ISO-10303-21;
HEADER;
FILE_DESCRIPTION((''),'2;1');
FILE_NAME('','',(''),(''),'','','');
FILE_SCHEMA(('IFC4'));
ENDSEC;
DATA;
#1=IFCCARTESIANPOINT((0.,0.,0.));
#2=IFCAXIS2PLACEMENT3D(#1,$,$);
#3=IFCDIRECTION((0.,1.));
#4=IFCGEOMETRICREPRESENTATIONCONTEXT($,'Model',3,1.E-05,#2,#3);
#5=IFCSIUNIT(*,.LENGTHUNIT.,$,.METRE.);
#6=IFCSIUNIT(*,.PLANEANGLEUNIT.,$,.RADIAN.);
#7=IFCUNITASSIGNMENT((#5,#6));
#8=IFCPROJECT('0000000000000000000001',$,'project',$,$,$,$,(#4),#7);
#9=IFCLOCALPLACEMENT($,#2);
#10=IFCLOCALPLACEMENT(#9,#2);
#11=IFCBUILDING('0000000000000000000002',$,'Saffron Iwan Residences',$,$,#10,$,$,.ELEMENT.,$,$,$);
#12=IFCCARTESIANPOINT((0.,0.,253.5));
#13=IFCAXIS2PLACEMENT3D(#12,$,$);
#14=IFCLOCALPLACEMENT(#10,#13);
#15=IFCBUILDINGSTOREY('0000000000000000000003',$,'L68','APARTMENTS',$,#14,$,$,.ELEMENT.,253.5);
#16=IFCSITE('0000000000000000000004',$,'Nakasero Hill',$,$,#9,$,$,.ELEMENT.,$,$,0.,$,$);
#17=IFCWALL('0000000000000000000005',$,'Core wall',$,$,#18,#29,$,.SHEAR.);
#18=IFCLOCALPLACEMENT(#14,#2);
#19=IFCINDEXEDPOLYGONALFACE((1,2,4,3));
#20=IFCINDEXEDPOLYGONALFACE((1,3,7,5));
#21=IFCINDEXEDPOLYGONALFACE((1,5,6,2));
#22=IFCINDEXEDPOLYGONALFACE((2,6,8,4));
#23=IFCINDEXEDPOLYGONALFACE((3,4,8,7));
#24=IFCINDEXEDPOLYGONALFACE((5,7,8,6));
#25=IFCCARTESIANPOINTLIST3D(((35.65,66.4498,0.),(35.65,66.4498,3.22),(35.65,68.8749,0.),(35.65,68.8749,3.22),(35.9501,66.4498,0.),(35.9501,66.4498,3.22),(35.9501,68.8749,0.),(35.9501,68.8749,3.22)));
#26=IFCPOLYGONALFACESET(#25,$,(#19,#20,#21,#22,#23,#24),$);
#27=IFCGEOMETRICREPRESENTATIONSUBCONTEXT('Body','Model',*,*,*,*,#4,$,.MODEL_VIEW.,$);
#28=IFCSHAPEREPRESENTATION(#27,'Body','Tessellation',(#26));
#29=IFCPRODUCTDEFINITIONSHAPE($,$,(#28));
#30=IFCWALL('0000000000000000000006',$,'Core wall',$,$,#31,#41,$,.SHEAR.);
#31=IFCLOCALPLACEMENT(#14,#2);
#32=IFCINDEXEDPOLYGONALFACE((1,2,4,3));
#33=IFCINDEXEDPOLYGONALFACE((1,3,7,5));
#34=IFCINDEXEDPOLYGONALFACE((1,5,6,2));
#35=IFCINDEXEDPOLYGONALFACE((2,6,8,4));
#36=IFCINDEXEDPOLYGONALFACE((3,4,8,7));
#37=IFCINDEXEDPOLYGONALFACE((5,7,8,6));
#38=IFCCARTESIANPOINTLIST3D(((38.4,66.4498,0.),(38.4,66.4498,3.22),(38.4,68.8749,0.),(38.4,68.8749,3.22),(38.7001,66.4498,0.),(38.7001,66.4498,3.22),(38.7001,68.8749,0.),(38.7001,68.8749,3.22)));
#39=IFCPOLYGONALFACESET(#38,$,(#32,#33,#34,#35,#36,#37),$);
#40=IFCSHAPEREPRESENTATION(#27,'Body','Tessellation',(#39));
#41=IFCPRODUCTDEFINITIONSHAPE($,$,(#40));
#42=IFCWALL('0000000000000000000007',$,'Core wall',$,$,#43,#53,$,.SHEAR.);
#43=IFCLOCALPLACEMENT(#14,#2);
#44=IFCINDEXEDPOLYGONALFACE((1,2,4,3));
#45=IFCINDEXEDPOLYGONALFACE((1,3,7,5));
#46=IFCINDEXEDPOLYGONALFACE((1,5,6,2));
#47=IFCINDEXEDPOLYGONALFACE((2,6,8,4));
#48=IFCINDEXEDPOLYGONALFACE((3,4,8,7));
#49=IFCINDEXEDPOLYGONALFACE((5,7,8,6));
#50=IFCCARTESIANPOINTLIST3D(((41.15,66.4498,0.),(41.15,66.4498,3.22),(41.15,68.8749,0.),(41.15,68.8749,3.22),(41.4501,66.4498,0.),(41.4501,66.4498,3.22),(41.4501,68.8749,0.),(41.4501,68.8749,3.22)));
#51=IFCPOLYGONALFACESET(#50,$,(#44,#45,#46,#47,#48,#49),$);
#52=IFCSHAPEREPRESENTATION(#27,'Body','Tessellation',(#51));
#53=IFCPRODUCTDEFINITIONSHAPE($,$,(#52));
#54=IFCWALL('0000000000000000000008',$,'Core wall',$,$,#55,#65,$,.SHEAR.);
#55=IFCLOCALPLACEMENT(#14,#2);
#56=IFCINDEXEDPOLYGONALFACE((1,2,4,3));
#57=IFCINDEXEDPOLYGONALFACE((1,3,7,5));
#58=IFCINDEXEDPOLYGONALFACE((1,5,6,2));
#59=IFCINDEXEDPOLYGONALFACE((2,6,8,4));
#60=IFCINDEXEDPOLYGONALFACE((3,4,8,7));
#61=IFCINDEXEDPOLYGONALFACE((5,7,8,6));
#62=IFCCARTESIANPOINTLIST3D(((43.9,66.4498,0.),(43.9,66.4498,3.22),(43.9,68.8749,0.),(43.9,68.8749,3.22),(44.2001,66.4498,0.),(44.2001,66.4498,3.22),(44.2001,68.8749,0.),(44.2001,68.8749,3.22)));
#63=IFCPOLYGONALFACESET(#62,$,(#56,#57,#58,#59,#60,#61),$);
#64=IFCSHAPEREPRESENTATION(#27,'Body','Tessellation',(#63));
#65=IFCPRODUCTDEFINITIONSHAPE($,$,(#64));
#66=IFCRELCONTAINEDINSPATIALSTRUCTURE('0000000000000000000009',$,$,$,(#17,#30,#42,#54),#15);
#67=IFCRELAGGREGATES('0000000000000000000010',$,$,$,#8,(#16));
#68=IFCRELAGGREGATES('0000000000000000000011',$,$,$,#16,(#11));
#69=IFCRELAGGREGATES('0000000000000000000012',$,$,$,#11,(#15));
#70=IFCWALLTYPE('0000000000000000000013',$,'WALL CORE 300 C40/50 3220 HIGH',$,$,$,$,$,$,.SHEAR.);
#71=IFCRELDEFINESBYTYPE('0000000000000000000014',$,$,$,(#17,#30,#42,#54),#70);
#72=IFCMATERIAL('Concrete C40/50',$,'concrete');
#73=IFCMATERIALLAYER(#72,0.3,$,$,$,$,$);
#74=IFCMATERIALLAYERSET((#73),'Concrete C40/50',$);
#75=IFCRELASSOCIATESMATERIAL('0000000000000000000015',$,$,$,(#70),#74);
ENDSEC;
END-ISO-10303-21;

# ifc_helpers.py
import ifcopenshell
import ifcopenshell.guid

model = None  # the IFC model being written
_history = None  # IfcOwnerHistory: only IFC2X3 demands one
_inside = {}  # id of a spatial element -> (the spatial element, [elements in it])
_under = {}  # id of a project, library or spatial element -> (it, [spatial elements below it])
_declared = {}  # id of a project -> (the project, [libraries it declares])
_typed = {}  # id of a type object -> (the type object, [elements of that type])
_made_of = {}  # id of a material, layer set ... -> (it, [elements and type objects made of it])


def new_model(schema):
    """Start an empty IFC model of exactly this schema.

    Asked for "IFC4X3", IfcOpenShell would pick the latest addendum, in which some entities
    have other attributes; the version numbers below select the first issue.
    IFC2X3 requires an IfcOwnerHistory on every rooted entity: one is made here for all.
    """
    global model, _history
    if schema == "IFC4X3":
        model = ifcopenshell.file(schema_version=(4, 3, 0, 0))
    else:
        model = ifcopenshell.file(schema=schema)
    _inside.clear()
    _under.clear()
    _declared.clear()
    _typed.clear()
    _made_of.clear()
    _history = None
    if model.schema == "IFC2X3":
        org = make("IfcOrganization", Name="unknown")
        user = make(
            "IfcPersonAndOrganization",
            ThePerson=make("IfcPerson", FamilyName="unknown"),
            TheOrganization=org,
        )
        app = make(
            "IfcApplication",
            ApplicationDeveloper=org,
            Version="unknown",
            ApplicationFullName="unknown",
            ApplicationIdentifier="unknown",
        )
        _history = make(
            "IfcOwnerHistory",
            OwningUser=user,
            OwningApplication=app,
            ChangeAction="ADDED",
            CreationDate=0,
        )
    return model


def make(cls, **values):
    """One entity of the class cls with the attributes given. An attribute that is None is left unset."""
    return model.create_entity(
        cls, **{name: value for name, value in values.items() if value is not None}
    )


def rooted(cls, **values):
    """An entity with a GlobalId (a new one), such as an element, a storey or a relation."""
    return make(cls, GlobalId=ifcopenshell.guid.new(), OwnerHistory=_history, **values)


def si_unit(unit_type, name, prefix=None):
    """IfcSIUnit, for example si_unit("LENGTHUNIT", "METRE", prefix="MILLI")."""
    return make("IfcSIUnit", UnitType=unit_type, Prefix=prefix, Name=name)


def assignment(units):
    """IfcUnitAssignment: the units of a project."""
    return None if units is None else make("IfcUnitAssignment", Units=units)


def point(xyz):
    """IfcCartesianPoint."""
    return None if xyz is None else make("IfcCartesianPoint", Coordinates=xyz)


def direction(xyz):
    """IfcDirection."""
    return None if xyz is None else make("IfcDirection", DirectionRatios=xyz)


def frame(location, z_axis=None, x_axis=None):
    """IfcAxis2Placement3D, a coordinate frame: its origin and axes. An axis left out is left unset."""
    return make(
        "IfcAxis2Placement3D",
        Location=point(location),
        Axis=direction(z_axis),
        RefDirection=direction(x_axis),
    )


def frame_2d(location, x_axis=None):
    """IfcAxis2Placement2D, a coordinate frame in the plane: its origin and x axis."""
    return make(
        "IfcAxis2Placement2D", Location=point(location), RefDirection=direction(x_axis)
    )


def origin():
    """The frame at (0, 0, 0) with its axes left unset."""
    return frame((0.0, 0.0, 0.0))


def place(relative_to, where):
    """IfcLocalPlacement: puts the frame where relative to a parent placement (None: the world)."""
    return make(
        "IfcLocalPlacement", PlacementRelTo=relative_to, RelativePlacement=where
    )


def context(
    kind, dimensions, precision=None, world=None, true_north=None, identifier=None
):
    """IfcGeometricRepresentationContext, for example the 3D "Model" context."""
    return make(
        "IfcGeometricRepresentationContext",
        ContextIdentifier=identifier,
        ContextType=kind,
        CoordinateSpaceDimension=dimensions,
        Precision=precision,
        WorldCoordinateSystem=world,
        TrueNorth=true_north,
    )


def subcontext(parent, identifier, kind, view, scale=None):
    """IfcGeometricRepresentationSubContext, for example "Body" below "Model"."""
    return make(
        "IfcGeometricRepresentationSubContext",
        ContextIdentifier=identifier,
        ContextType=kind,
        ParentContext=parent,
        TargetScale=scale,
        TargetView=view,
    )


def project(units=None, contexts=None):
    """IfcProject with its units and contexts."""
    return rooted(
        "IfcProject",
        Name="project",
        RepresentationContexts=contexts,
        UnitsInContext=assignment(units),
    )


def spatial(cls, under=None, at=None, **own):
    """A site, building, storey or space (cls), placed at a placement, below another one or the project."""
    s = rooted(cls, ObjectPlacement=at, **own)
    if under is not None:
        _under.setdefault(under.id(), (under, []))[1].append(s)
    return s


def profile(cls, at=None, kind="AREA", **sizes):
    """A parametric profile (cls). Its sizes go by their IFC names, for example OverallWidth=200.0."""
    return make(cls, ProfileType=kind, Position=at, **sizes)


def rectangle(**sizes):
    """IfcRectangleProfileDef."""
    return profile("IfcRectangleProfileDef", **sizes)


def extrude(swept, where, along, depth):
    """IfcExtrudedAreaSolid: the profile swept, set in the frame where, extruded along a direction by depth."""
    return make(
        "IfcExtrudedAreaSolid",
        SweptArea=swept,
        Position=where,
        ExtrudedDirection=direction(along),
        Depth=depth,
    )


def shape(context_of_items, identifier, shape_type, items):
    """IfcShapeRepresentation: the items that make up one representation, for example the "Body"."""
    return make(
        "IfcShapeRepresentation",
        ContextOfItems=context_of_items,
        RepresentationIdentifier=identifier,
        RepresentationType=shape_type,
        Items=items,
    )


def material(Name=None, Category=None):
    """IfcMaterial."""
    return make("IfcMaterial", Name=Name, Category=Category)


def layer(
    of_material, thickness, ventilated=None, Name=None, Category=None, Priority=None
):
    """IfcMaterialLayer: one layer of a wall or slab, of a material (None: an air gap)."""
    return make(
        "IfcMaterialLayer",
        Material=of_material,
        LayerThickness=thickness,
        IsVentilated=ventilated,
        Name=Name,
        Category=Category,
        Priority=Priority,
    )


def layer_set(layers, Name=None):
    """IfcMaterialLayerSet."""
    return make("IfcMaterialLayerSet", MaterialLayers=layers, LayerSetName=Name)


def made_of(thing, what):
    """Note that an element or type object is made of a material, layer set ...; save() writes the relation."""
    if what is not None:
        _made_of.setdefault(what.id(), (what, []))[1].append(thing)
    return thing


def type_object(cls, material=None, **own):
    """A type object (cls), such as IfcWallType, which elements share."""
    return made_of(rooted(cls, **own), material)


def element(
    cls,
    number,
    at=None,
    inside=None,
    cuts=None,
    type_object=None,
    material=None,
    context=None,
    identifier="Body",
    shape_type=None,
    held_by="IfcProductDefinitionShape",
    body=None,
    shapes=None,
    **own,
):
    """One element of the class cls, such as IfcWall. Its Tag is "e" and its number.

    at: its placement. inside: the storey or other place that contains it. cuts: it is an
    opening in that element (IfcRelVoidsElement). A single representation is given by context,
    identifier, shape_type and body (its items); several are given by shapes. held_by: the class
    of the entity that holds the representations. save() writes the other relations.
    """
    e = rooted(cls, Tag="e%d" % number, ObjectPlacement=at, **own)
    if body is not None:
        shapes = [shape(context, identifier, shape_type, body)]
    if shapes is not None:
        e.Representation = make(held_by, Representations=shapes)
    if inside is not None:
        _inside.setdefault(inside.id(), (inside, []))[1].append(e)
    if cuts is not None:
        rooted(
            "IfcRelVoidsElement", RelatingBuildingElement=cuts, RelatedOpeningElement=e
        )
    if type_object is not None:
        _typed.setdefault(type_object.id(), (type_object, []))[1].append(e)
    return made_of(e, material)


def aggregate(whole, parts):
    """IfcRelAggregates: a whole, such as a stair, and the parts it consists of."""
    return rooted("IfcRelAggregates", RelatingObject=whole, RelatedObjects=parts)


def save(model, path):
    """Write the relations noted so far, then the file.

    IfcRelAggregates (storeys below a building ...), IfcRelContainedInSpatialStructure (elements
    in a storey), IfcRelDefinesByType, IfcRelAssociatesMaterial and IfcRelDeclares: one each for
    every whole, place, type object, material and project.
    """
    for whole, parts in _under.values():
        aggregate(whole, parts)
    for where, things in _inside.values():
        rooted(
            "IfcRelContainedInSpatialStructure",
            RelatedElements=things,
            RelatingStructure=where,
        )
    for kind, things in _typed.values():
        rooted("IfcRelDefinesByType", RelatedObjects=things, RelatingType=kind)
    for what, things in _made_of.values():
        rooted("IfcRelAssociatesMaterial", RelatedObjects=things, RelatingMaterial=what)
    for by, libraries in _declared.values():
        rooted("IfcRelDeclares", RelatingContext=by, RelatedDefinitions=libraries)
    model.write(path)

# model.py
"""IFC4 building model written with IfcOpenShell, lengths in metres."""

from ifc_helpers import new_model, si_unit, direction, frame, frame_2d, origin, place, context, subcontext, project, spatial, rectangle, extrude, material, layer, layer_set, type_object, element, save


model = new_model("IFC4")

# Units and contexts
model_context = context("Model", 3, precision=1e-05, world=origin(), true_north=direction((0.0, 1.0)))
body_context = subcontext(model_context, "Body", "Model", "MODEL_VIEW")
ifc_project = project(units=[si_unit("LENGTHUNIT", "METRE"), si_unit("PLANEANGLEUNIT", "RADIAN")], contexts=[model_context])

# Site, building, storey
site_placement = place(None, origin())
site = spatial("IfcSite", under=ifc_project, at=site_placement, Name="Nakasero Hill", CompositionType="ELEMENT", RefElevation=0.0)
building_placement = place(site_placement, origin())
building = spatial("IfcBuilding", under=site, at=building_placement, Name="Saffron Iwan Residences", CompositionType="ELEMENT")
storey_placement = place(building_placement, frame((0.0, 0.0, 253.5)))
storey = spatial("IfcBuildingStorey", under=building, at=storey_placement, Name="L68", Description="APARTMENTS", CompositionType="ELEMENT", Elevation=253.5)

# Shared definitions
ifc_material_1 = material(Name="Concrete C40/50", Category="concrete")

# Shared definitions
ifc_layer_1 = layer(ifc_material_1, 0.3)
ifc_layer_set_1 = layer_set([ifc_layer_1], Name="Concrete C40/50")
wall_type_1 = type_object("IfcWallType", Name="WALL CORE 300 C40/50 3220 HIGH", PredefinedType="SHEAR", material=ifc_layer_set_1)

# Walls
for number, where, z_axis, x_axis, name in (
    (1, (35.8, 66.45, 0.0), (0.0, 0.0, 1.0), (0.0, 1.0, 0.0), "Core wall"),
    (2, (38.55, 66.45, 0.0), (0.0, 0.0, 1.0), (0.0, 1.0, 0.0), "Core wall"),
    (3, (41.3, 66.45, 0.0), (0.0, 0.0, 1.0), (0.0, 1.0, 0.0), "Core wall"),
    (4, (44.05, 66.45, 0.0), (0.0, 0.0, 1.0), (0.0, 1.0, 0.0), "Core wall"),
):
    element("IfcWall", number, at=place(storey_placement, frame(where, z_axis=z_axis, x_axis=x_axis)), inside=storey, type_object=wall_type_1, Name=name, PredefinedType="SHEAR", context=body_context, shape_type="SweptSolid", body=[
        extrude(rectangle(XDim=2.425, YDim=0.3, at=frame_2d((1.2124, 0.0))), origin(), (0.0, 0.0, 1.0), 3.22),
    ])

save(model, "model.ifc")
